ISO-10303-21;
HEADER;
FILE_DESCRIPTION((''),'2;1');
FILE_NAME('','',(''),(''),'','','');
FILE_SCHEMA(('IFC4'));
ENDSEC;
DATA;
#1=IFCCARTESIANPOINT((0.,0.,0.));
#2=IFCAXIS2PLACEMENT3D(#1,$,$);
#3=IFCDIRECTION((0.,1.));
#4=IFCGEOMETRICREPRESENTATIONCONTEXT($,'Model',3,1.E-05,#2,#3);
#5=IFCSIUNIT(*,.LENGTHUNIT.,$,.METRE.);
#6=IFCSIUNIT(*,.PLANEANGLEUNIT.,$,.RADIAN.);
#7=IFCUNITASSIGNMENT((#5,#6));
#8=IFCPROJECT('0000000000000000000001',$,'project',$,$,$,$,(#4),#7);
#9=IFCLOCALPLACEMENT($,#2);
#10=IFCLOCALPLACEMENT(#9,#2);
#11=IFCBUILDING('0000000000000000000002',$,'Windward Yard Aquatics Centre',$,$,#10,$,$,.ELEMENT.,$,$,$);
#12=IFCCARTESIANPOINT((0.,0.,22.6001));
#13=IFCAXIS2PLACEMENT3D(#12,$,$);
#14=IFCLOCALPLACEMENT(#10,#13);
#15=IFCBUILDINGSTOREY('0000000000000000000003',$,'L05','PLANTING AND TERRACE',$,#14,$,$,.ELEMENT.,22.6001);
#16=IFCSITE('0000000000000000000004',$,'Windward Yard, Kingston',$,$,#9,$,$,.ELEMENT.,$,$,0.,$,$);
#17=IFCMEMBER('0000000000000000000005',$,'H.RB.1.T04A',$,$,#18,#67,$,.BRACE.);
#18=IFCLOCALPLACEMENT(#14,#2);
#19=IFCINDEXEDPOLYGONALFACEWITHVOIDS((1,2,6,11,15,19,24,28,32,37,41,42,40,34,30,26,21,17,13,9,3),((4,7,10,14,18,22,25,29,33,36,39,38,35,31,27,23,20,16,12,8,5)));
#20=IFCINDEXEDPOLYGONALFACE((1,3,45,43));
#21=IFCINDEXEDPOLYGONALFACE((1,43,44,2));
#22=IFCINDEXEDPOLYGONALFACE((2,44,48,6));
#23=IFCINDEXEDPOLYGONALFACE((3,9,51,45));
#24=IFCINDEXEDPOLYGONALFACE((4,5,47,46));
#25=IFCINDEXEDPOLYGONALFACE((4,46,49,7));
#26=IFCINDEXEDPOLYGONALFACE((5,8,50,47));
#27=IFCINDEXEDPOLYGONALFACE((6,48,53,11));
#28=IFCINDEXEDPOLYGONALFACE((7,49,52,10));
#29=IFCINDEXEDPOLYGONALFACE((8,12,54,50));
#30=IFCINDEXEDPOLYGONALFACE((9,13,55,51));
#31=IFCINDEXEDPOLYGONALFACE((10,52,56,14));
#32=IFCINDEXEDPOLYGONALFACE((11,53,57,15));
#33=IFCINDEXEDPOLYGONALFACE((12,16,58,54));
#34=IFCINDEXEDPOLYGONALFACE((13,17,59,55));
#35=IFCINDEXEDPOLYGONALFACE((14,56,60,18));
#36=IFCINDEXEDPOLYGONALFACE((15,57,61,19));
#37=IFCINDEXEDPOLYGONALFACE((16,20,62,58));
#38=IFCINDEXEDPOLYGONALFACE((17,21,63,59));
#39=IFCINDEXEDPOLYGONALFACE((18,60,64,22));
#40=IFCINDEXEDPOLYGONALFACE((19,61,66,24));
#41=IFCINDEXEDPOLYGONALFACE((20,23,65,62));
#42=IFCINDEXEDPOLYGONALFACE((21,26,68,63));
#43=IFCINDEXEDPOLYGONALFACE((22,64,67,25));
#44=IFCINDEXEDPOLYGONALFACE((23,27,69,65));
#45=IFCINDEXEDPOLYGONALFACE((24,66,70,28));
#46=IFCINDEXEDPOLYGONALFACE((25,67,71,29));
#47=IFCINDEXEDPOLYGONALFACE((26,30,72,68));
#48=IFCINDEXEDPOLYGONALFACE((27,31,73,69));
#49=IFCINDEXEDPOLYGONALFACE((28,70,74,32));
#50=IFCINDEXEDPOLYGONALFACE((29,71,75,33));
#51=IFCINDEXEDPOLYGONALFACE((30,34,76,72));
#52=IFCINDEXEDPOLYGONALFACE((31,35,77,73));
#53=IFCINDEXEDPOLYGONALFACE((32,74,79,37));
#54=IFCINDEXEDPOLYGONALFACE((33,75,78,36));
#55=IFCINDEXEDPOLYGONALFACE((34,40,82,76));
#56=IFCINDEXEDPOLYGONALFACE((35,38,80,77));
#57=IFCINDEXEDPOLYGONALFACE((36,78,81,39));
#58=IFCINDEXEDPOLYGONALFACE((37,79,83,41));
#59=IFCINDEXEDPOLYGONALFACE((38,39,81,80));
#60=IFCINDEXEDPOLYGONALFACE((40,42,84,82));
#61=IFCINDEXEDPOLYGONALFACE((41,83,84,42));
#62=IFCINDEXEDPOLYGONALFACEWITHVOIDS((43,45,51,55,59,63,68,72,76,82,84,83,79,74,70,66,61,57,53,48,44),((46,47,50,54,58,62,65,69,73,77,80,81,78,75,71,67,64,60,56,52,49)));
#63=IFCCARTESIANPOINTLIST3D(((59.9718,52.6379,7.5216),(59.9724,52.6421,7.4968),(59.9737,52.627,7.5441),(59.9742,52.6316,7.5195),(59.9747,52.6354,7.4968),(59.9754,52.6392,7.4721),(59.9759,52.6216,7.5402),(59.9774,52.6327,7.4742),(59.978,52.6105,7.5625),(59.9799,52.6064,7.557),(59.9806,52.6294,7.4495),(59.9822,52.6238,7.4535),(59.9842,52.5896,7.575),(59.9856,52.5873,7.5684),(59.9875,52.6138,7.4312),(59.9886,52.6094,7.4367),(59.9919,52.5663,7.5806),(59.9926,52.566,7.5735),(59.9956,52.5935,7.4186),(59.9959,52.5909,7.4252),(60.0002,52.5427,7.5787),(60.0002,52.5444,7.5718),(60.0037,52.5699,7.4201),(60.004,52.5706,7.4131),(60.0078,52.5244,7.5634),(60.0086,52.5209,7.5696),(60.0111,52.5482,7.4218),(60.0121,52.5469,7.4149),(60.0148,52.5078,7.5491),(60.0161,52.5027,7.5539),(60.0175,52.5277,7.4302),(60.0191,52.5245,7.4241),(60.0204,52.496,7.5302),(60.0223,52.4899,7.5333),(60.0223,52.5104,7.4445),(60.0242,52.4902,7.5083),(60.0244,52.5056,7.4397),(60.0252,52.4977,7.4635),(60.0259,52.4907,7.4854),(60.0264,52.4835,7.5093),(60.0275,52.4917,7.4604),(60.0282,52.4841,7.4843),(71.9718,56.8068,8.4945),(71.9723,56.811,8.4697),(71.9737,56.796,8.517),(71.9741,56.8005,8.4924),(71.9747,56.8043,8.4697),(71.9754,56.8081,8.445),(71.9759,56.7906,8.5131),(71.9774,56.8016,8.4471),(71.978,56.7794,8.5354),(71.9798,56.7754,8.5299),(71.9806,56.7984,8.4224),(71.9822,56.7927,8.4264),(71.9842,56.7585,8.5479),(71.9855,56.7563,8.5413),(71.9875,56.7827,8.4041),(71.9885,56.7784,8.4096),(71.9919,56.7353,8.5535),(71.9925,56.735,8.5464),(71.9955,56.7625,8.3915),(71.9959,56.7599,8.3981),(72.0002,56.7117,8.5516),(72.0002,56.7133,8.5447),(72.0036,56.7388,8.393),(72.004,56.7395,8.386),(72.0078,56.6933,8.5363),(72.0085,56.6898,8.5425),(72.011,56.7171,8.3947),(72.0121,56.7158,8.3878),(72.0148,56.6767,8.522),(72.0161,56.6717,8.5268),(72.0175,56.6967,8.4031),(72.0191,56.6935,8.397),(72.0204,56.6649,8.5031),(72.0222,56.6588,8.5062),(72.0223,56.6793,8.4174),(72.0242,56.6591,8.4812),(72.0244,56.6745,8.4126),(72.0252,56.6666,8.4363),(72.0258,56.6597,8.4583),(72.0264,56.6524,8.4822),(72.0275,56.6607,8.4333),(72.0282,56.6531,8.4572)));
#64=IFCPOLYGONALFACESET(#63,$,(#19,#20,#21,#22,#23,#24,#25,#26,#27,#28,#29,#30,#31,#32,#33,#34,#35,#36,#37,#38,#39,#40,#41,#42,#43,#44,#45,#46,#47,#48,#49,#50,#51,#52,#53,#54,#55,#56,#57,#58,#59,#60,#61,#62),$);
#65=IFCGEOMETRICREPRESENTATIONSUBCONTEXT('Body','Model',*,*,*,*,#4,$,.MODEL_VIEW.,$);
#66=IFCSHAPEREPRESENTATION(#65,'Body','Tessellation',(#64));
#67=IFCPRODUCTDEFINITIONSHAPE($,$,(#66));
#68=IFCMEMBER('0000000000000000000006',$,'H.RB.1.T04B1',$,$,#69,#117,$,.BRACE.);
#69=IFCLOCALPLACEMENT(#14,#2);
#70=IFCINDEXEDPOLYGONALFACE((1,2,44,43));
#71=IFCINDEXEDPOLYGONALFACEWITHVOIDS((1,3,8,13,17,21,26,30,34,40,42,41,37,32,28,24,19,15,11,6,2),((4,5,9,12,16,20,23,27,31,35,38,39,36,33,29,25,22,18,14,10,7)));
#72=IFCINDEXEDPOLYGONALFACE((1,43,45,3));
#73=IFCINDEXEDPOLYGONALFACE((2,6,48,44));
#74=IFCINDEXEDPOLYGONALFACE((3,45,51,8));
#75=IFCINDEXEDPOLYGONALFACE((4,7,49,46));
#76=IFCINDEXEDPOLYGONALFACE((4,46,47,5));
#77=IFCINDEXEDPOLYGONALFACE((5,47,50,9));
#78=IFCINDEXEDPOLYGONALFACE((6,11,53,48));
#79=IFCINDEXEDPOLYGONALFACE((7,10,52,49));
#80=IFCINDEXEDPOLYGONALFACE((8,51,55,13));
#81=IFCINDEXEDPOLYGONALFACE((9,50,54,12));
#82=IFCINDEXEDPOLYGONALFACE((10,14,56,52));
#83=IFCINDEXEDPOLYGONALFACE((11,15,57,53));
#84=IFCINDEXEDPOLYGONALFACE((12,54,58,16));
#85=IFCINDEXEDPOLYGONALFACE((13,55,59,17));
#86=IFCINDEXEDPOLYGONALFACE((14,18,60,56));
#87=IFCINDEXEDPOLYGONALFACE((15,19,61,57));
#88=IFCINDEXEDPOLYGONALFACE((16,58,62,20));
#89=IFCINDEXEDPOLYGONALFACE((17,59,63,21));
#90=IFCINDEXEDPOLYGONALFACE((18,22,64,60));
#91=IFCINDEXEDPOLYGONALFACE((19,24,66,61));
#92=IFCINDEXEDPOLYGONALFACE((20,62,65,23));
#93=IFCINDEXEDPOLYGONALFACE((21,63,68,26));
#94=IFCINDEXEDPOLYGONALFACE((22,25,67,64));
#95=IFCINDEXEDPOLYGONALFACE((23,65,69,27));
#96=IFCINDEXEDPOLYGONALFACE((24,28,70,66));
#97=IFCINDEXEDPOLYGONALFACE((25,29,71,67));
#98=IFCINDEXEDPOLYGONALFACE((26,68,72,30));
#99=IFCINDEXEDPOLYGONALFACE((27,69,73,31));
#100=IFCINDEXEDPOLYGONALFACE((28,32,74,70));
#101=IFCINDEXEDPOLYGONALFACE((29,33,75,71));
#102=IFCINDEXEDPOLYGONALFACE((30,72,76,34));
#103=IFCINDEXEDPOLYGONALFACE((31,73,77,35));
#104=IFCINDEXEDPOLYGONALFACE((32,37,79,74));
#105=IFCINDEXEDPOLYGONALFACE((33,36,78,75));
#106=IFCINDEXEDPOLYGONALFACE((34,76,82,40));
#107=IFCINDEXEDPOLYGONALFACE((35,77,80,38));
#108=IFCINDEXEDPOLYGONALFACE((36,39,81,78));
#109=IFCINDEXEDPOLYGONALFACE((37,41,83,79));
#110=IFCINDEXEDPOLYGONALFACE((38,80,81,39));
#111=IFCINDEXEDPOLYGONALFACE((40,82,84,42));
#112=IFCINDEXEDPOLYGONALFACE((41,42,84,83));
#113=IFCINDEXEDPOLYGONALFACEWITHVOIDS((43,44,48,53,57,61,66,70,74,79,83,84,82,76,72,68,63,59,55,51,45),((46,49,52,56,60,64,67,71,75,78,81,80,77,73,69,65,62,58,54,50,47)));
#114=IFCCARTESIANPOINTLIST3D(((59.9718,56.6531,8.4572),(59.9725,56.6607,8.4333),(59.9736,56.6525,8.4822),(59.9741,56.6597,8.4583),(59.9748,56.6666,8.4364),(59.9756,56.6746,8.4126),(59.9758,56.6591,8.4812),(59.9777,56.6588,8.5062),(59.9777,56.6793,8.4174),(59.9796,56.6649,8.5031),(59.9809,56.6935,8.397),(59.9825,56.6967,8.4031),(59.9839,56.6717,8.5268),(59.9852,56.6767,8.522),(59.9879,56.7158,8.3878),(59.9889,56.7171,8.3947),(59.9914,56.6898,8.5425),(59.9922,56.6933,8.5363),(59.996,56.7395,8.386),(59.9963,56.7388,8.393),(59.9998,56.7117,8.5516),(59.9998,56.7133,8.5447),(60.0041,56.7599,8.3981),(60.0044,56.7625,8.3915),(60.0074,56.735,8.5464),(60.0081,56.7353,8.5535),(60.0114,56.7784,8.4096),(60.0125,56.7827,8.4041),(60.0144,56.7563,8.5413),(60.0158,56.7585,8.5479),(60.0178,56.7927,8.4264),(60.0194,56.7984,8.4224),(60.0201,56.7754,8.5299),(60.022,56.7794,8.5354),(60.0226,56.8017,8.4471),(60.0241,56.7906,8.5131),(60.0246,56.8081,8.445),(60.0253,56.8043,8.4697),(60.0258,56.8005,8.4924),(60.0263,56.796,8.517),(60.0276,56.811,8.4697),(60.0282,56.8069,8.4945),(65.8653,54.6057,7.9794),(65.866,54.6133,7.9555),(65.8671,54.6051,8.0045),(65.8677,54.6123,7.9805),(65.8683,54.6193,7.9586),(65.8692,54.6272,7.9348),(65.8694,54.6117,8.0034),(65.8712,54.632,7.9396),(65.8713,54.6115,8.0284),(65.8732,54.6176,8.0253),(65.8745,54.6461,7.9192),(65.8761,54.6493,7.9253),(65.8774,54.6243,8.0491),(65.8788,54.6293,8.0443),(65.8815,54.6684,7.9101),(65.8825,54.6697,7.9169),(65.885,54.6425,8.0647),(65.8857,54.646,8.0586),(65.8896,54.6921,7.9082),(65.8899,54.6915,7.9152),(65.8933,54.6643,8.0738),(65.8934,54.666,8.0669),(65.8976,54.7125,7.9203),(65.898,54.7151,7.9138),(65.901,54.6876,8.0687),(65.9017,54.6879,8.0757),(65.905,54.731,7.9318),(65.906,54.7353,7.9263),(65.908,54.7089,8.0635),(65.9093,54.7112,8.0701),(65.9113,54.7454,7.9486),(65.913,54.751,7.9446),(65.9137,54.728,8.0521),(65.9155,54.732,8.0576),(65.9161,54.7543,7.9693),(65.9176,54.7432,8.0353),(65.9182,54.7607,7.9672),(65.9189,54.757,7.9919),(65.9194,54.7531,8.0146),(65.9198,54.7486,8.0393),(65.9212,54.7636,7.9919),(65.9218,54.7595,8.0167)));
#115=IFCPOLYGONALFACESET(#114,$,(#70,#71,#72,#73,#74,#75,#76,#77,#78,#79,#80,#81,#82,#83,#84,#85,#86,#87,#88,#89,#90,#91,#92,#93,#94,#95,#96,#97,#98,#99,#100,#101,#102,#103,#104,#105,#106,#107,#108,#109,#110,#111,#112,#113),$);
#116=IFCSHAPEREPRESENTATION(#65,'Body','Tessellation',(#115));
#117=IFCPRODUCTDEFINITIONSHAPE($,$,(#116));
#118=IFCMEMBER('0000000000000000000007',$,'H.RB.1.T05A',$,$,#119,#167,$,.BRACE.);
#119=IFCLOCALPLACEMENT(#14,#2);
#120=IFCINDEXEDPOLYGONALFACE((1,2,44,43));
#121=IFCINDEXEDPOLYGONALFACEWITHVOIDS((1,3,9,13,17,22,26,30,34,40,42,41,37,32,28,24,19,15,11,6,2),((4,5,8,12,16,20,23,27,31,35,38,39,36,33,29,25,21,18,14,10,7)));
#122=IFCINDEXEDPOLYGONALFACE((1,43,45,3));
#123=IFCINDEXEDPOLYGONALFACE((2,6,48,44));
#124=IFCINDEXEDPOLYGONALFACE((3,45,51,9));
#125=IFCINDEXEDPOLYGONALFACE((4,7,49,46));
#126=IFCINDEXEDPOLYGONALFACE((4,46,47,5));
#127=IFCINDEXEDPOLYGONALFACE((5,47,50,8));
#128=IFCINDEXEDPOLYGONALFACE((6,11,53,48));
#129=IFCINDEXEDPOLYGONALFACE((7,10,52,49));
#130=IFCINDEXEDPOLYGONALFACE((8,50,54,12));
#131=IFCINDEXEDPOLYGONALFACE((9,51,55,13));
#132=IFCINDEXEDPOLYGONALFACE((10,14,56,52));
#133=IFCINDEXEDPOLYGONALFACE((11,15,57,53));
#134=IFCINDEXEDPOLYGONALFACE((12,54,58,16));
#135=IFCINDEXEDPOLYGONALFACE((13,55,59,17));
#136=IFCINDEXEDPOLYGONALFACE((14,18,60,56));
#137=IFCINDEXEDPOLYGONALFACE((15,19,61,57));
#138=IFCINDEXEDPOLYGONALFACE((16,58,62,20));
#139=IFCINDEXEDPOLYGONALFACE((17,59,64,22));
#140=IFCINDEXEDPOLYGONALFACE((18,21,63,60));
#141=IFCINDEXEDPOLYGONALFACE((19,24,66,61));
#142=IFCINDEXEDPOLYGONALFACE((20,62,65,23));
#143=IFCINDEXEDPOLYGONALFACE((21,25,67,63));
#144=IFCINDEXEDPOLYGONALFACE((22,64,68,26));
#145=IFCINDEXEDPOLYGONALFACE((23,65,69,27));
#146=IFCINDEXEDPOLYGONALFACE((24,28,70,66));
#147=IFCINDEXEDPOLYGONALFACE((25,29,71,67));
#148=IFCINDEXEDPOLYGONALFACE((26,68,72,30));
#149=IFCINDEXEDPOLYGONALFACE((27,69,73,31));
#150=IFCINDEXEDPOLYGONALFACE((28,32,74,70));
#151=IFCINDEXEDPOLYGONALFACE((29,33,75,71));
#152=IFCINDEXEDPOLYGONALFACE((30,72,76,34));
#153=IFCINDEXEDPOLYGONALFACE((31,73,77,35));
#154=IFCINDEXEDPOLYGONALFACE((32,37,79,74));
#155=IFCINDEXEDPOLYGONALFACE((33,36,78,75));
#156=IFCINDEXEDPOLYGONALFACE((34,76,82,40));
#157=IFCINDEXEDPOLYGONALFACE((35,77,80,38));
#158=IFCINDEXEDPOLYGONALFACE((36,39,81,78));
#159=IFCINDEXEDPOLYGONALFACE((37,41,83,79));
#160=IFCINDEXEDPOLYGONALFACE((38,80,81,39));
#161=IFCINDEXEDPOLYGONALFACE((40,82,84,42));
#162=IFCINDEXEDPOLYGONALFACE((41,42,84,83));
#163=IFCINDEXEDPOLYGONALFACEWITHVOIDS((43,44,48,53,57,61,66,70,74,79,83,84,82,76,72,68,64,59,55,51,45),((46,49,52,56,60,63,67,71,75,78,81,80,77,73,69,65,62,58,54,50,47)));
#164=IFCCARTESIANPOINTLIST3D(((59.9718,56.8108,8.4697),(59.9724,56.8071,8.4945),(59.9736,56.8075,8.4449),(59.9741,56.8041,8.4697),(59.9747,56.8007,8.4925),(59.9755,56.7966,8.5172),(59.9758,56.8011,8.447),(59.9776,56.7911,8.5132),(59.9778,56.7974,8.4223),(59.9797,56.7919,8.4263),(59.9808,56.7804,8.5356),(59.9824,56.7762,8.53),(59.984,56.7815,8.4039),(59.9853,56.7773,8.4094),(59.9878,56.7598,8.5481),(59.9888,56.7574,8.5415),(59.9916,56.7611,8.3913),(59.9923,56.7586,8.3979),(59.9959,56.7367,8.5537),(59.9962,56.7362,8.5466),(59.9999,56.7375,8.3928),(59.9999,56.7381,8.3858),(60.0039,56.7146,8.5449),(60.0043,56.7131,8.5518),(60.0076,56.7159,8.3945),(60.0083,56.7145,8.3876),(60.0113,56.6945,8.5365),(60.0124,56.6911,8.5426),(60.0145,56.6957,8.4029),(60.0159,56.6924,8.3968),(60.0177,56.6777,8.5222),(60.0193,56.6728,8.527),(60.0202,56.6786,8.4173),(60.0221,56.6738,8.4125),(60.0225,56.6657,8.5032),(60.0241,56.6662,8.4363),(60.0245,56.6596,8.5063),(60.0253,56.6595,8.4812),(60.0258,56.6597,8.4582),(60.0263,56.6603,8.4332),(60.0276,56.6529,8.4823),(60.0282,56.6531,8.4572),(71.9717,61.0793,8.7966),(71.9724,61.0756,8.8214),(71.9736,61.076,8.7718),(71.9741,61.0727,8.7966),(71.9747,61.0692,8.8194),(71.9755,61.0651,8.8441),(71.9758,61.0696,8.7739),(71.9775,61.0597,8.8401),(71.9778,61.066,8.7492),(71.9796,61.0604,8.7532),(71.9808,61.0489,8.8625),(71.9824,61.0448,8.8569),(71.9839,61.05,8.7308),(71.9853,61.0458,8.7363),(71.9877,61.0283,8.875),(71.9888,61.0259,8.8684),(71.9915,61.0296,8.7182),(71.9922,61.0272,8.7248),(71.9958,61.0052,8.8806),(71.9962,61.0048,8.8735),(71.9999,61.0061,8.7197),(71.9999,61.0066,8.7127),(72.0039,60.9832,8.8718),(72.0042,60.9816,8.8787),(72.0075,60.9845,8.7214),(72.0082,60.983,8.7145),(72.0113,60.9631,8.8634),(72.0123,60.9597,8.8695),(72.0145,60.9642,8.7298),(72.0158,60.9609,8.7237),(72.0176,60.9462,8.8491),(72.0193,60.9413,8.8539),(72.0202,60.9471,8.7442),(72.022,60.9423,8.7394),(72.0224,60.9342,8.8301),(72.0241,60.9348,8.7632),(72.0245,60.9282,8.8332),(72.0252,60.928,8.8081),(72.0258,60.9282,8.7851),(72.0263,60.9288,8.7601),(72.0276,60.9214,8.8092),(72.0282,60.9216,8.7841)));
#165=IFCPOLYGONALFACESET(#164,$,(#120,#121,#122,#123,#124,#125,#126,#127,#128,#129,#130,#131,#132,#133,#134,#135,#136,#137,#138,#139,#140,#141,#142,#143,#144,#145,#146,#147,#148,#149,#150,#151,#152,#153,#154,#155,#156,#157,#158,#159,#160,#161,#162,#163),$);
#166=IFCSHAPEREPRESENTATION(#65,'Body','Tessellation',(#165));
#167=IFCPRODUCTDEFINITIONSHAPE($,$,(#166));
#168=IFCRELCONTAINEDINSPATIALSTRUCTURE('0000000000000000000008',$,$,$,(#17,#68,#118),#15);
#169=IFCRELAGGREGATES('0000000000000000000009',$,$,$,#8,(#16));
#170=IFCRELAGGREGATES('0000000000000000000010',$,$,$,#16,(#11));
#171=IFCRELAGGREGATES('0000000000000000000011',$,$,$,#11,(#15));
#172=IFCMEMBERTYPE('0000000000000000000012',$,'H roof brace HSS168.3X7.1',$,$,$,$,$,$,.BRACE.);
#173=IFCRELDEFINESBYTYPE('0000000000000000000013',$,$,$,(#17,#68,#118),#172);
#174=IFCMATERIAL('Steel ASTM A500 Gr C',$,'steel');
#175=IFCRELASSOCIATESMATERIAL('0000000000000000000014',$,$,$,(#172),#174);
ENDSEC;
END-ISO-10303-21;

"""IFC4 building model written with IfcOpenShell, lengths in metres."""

from ifc_helpers import new_model, si_unit, direction, frame, origin, origin_2d, place, context, subcontext, project, spatial, hollow_circle, extrude, material, material_profile, profile_set, type_object, element, save


model = new_model("IFC4")

# Units and contexts
model_context = context("Model", 3, precision=1e-05, world=origin(), true_north=direction((0.0, 1.0)))
body_context = subcontext(model_context, "Body", "Model", "MODEL_VIEW")
ifc_project = project(units=[si_unit("LENGTHUNIT", "METRE"), si_unit("PLANEANGLEUNIT", "RADIAN")], contexts=[model_context])

# Site, building, storey
site_placement = place(None, origin())
site = spatial("IfcSite", under=ifc_project, at=site_placement, Name="Windward Yard, Kingston", CompositionType="ELEMENT", RefElevation=0.0)
building_placement = place(site_placement, origin())
building = spatial("IfcBuilding", under=site, at=building_placement, Name="Windward Yard Aquatics Centre", CompositionType="ELEMENT")
storey_placement = place(building_placement, frame((0.0, 0.0, 22.6001)))
storey = spatial("IfcBuildingStorey", under=building, at=storey_placement, Name="L05", Description="PLANTING AND TERRACE", CompositionType="ELEMENT", Elevation=22.6001)

# Members
ifc_material_1 = material(Name="Steel ASTM A500 Gr C", Category="steel")
ifc_material_profile_1 = material_profile(ifc_material_1, hollow_circle(Radius=0.0842, WallThickness=0.0071, at=origin_2d()), Name="HSS168.3X7.1")
ifc_profile_set_1 = profile_set([ifc_material_profile_1], Name="Steel ASTM A500 Gr C")
member_type_1 = type_object("IfcMemberType", Name="H roof brace HSS168.3X7.1", PredefinedType="BRACE", material=ifc_profile_set_1)
member_1_placement = place(storey_placement, frame((60.0, 52.5625, 7.4968), z_axis=(0.94186, 0.327214, 0.076361), x_axis=(-0.328172, 0.944618, 0.0)))
element("IfcMember", 1, at=member_1_placement, inside=storey, type_object=member_type_1, Name="H.RB.1.T04A", PredefinedType="BRACE", context=body_context, shape_type="SweptSolid", body=[
    extrude(hollow_circle(Radius=0.0842, WallThickness=0.0071, at=origin_2d()), origin(), (0.0, 0.0, 1.0), 12.7407),
])
member_2_placement = place(storey_placement, frame((60.0, 56.7314, 8.4697), z_axis=(0.941867, -0.327195, -0.076356), x_axis=(0.328153, 0.944624, 0.0)))
element("IfcMember", 2, at=member_2_placement, inside=storey, type_object=member_type_1, Name="H.RB.1.T04B1", PredefinedType="BRACE", context=body_context, shape_type="SweptSolid", body=[
    extrude(hollow_circle(Radius=0.0842, WallThickness=0.0071, at=origin_2d()), origin(), (0.0, 0.0, 1.0), 6.2573),
])
member_3_placement = place(storey_placement, frame((60.0, 56.7314, 8.4697), z_axis=(0.941858, 0.335031, 0.025658), x_axis=(-0.335141, 0.942168, 0.0)))
element("IfcMember", 3, at=member_3_placement, inside=storey, type_object=member_type_1, Name="H.RB.1.T05A", PredefinedType="BRACE", context=body_context, shape_type="SweptSolid", body=[
    extrude(hollow_circle(Radius=0.0842, WallThickness=0.0071, at=origin_2d()), origin(), (0.0, 0.0, 1.0), 12.7407),
])

save(model, "model.ifc")
